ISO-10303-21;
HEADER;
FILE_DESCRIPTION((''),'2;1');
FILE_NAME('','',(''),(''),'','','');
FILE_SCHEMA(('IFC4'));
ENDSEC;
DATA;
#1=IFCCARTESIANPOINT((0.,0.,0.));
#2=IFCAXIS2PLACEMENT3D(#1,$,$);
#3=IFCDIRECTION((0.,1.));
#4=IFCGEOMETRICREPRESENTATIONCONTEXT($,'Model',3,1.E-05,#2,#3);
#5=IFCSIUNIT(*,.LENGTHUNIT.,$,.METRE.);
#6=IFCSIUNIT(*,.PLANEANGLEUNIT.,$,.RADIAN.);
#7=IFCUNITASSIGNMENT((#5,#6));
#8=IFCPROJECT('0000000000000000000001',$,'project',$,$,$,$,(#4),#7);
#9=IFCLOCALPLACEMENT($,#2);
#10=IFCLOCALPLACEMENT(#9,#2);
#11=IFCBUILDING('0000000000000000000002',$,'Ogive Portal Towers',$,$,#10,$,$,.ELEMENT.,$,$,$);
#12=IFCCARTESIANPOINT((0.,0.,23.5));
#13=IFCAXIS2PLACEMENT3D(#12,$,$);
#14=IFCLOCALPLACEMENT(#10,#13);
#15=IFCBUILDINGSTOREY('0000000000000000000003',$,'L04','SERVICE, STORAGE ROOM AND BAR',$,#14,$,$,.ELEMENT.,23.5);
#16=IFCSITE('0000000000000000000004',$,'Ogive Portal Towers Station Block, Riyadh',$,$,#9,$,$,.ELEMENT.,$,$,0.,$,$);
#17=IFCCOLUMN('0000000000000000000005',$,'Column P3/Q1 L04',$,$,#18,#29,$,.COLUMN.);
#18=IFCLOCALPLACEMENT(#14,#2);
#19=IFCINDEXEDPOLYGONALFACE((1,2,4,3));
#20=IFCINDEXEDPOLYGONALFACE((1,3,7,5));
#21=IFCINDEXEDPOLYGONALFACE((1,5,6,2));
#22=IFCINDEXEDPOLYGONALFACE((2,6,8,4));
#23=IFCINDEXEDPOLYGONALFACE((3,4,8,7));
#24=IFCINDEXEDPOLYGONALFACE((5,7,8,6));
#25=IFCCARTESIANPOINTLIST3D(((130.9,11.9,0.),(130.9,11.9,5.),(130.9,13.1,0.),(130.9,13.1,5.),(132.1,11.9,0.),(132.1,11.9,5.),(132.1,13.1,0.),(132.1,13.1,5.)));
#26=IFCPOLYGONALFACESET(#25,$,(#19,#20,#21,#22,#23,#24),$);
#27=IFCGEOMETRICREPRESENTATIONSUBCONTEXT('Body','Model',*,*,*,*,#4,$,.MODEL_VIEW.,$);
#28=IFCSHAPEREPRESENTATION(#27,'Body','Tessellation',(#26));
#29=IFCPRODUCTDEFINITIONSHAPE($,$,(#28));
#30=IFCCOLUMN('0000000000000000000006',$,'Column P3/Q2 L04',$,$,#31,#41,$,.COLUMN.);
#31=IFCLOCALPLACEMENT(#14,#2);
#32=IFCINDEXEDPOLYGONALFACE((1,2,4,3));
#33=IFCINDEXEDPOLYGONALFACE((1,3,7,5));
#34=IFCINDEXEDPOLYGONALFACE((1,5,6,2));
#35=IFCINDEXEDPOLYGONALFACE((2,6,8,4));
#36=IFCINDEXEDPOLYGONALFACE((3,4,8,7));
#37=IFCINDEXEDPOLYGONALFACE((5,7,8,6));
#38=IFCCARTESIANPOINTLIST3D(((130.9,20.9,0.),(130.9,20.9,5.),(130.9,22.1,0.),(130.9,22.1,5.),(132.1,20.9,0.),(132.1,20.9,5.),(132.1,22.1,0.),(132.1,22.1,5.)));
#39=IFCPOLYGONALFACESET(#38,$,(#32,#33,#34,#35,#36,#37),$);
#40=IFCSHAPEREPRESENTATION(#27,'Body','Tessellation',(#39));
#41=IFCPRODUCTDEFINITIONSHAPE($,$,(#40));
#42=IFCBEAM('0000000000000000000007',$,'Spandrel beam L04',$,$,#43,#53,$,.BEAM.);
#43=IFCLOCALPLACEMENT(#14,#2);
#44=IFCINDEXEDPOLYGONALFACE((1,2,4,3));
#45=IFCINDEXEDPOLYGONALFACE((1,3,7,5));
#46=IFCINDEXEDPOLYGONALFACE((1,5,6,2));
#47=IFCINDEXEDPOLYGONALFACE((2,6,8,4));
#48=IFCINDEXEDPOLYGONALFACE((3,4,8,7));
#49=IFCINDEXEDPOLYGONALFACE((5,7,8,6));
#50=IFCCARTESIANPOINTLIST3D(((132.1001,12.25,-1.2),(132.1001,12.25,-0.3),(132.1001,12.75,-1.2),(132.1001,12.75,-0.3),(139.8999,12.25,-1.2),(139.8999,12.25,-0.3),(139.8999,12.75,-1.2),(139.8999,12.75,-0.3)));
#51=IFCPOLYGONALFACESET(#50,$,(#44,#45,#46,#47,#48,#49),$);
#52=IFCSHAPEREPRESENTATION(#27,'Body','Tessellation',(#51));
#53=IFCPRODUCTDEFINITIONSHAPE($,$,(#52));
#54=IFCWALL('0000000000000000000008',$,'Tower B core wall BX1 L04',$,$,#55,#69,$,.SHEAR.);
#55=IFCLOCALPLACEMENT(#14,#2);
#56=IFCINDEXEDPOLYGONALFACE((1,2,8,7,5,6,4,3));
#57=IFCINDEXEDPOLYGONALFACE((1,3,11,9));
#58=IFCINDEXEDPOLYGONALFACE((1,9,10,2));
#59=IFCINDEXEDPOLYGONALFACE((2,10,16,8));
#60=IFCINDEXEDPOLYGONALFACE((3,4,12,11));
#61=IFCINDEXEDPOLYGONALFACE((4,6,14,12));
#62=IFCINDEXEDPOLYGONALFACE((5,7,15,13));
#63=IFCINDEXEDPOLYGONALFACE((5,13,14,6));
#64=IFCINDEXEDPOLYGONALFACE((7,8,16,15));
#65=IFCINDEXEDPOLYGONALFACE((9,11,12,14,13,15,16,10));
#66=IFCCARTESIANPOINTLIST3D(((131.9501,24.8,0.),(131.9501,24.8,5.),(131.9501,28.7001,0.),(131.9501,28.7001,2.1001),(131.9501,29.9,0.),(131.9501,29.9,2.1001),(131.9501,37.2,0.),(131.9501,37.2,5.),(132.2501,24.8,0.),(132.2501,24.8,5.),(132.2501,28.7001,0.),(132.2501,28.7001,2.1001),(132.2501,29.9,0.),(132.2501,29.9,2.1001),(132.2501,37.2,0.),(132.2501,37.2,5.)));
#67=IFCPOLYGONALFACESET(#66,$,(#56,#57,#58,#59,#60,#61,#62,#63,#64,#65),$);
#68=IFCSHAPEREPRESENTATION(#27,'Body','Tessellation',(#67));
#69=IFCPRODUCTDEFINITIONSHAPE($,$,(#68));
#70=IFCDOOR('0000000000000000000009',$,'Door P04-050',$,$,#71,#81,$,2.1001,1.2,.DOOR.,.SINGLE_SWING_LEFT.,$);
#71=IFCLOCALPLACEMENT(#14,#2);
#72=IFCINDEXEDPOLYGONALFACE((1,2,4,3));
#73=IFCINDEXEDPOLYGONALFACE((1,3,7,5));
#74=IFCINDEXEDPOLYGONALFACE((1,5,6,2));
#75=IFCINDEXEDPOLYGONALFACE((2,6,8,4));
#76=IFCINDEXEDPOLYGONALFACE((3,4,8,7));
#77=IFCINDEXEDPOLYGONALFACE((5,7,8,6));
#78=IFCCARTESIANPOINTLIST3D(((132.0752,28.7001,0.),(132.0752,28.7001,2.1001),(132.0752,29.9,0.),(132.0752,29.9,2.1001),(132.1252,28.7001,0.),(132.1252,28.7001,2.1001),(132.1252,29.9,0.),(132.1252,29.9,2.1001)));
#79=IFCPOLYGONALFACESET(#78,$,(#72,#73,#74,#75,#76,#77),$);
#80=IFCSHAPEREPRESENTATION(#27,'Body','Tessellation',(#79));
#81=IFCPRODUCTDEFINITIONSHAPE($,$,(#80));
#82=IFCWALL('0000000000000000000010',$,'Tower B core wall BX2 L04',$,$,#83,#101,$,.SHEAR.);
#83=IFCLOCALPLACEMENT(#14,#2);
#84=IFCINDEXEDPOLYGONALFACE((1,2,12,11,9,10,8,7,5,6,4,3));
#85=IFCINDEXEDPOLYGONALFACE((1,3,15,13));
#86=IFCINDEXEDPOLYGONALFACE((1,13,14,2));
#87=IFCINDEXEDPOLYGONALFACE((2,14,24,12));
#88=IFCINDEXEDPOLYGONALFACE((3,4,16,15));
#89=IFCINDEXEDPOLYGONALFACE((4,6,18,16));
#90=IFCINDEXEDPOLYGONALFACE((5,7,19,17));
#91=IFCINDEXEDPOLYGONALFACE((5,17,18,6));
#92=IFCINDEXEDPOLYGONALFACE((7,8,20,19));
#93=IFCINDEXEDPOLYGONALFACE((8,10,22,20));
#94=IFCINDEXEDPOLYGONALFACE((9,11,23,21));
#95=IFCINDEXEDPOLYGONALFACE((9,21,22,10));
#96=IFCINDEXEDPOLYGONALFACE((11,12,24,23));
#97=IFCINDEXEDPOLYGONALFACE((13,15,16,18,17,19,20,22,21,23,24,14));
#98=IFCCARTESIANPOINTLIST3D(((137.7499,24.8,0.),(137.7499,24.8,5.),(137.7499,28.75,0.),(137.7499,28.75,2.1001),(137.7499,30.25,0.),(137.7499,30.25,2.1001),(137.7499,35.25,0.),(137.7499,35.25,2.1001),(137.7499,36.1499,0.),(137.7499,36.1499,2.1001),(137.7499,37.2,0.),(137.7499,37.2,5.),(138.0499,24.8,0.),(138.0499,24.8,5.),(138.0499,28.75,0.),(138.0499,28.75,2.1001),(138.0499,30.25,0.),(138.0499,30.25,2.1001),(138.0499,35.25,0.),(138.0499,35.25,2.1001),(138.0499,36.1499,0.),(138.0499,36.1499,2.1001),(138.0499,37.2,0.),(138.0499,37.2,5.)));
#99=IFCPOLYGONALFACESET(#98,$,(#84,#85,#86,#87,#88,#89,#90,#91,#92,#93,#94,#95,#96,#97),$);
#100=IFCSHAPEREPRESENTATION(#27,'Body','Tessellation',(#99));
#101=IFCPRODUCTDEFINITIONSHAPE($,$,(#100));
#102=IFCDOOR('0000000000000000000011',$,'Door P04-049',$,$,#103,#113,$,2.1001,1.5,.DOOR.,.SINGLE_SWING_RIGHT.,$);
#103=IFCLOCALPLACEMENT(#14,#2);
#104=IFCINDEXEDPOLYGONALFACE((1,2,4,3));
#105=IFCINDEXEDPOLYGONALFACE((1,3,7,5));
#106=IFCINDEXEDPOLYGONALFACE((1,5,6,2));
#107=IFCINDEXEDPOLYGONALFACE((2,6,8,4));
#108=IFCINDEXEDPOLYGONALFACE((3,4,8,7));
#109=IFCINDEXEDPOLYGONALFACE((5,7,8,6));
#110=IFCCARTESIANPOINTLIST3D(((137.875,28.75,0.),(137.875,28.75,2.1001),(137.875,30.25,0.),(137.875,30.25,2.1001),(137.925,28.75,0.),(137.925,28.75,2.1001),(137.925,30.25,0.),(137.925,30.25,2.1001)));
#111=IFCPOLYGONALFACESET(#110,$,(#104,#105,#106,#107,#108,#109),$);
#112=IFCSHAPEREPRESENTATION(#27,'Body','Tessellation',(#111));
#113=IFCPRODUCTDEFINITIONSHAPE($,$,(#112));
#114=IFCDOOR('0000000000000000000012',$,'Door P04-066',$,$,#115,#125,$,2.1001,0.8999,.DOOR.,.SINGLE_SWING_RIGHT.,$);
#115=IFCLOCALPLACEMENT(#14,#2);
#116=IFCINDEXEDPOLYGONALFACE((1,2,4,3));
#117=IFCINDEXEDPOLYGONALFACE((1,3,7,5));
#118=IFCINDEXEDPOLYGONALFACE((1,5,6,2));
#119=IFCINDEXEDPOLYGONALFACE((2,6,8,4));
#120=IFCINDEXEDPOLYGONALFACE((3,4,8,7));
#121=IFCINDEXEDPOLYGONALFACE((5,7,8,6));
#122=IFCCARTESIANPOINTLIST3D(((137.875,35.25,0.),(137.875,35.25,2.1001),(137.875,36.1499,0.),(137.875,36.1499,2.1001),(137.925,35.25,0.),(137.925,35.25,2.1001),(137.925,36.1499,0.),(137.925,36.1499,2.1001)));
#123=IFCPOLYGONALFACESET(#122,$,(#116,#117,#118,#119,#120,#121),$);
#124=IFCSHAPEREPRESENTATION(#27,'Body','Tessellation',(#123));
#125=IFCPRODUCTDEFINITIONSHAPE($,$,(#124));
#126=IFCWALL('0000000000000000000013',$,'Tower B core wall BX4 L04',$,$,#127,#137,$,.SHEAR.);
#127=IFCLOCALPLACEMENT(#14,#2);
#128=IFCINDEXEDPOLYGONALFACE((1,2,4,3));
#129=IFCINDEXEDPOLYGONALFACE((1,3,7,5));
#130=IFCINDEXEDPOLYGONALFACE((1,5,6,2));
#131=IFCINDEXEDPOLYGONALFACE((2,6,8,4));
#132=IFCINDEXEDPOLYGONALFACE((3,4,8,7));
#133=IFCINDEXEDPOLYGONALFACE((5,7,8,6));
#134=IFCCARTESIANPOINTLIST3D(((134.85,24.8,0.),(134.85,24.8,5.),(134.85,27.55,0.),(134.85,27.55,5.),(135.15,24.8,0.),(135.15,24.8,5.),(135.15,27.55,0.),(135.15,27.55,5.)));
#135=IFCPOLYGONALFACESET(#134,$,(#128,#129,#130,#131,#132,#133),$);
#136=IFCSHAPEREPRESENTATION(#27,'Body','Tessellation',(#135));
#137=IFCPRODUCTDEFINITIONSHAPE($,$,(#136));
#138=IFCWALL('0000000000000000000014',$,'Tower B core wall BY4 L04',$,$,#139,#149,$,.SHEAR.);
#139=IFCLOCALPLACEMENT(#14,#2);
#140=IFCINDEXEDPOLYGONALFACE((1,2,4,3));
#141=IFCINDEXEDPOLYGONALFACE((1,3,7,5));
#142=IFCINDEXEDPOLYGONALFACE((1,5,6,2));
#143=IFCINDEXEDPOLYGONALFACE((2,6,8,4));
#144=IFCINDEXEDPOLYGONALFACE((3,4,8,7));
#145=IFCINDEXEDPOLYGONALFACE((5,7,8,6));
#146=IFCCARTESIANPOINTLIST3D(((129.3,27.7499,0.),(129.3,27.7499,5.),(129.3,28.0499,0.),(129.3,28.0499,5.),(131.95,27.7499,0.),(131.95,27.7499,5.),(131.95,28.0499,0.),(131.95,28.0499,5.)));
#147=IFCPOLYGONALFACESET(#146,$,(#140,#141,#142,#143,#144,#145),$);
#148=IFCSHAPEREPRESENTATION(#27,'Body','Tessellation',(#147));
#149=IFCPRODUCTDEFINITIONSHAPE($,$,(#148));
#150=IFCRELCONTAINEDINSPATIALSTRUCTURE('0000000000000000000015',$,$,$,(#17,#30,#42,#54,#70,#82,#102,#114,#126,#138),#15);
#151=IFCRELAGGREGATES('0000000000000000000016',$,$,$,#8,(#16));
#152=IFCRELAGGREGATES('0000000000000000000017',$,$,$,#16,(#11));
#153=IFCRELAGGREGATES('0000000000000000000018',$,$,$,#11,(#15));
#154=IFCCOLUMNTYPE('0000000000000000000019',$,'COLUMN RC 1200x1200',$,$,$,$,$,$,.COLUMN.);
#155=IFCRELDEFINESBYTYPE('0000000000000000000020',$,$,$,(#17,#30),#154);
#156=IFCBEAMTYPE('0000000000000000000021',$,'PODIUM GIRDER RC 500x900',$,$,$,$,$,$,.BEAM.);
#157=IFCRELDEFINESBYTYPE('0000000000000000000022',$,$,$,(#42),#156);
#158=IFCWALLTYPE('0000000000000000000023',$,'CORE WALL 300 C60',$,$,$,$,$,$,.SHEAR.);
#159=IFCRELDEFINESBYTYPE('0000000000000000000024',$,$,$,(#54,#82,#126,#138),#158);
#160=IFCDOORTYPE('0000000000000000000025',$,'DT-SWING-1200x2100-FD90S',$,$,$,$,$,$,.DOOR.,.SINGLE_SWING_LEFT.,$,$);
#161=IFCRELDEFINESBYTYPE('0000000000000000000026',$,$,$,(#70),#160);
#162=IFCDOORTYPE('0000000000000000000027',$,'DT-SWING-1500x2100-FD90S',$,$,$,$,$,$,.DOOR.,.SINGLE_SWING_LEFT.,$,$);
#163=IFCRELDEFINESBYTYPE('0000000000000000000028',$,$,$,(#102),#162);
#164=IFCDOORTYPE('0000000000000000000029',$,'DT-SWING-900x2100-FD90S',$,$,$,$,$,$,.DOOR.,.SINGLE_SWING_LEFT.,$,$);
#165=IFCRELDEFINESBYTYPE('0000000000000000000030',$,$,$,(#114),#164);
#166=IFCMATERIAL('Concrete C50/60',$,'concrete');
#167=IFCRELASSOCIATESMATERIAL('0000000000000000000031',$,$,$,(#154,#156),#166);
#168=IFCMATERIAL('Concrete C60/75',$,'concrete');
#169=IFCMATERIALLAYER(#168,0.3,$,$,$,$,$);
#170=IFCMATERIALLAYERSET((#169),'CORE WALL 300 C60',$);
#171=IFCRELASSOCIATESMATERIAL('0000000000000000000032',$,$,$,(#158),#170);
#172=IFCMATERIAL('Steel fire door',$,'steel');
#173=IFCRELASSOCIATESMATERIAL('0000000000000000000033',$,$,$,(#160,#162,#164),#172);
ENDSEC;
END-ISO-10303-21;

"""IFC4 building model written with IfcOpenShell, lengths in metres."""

from ifc_helpers import new_model, si_unit, direction, frame, frame_2d, origin, origin_2d, place, context, subcontext, project, spatial, rectangle, extrude, material, layer, layer_set, material_profile, profile_set, type_object, element, fill, save


model = new_model("IFC4")

# Units and contexts
model_context = context("Model", 3, precision=1e-05, world=origin(), true_north=direction((0.0, 1.0)))
body_context = subcontext(model_context, "Body", "Model", "MODEL_VIEW")
ifc_project = project(units=[si_unit("LENGTHUNIT", "METRE"), si_unit("PLANEANGLEUNIT", "RADIAN")], contexts=[model_context])

# Site, building, storey
site_placement = place(None, origin())
site = spatial("IfcSite", under=ifc_project, at=site_placement, Name="Ogive Portal Towers Station Block, Riyadh", CompositionType="ELEMENT", RefElevation=0.0)
building_placement = place(site_placement, origin())
building = spatial("IfcBuilding", under=site, at=building_placement, Name="Ogive Portal Towers", CompositionType="ELEMENT")
storey_placement = place(building_placement, frame((0.0, 0.0, 23.5)))
storey = spatial("IfcBuildingStorey", under=building, at=storey_placement, Name="L04", Description="SERVICE, STORAGE ROOM AND BAR", CompositionType="ELEMENT", Elevation=23.5)

# Columns
ifc_material_1 = material(Name="Concrete C50/60", Category="concrete")
ifc_material_profile_1 = material_profile(ifc_material_1, rectangle(XDim=1.2, YDim=1.2, at=origin_2d()), Name="RC 1200x1200")
ifc_profile_set_1 = profile_set([ifc_material_profile_1], Name="Concrete C50/60")
column_type = type_object("IfcColumnType", Name="COLUMN RC 1200x1200", PredefinedType="COLUMN", material=ifc_profile_set_1)
for number, where, z_axis, x_axis, name in (
    (1, (131.5, 12.5, 0.0), (0.0, 0.0, 1.0), (1.0, 0.0, 0.0), "Column P3/Q1 L04"),
    (2, (131.5, 21.5, 0.0), (0.0, 0.0, 1.0), (1.0, 0.0, 0.0), "Column P3/Q2 L04"),
):
    element("IfcColumn", number, at=place(storey_placement, frame(where, z_axis=z_axis, x_axis=x_axis)), inside=storey, type_object=column_type, Name=name, PredefinedType="COLUMN", context=body_context, shape_type="SweptSolid", body=[
        extrude(rectangle(XDim=1.2, YDim=1.2, at=origin_2d()), origin(), (0.0, 0.0, 1.0), 5.0),
    ])

# Beam
ifc_material_profile_2 = material_profile(ifc_material_1, rectangle(XDim=0.5, YDim=0.8999, at=origin_2d()), Name="RC 500x900")
ifc_profile_set_2 = profile_set([ifc_material_profile_2], Name="Concrete C50/60")
beam_type = type_object("IfcBeamType", Name="PODIUM GIRDER RC 500x900", PredefinedType="BEAM", material=ifc_profile_set_2)
beam_placement = place(storey_placement, frame((132.1001, 12.5, -0.75), z_axis=(1.0, 0.0, 0.0), x_axis=(0.0, 1.0, 0.0)))
element("IfcBeam", 3, at=beam_placement, inside=storey, type_object=beam_type, Name="Spandrel beam L04", PredefinedType="BEAM", context=body_context, shape_type="SweptSolid", body=[
    extrude(rectangle(XDim=0.5, YDim=0.8999, at=origin_2d()), origin(), (0.0, 0.0, 1.0), 7.7998),
])

# Wall, opening, door
ifc_material_2 = material(Name="Concrete C60/75", Category="concrete")
ifc_layer_1 = layer(ifc_material_2, 0.3)
ifc_layer_set_1 = layer_set([ifc_layer_1], Name="CORE WALL 300 C60")
wall_type_1 = type_object("IfcWallType", Name="CORE WALL 300 C60", PredefinedType="SHEAR", material=ifc_layer_set_1)
wall_1_placement = place(storey_placement, frame((132.1001, 24.8, 0.0), z_axis=(0.0, 0.0, 1.0), x_axis=(0.0, 1.0, 0.0)))
wall_1 = element("IfcWall", 4, at=wall_1_placement, inside=storey, type_object=wall_type_1, Name="Tower B core wall BX1 L04", PredefinedType="SHEAR", context=body_context, shape_type="SweptSolid", body=[
    extrude(rectangle(XDim=12.3999, YDim=0.3, at=frame_2d((6.2, 0.0))), origin(), (0.0, 0.0, 1.0), 5.0),
])
opening_1_placement = place(wall_1_placement, frame((3.8999, 0.0, 0.0)))
opening_1 = element("IfcOpeningElement", 5, at=opening_1_placement, cuts=wall_1, PredefinedType="OPENING", context=body_context, shape_type="SweptSolid", body=[
    extrude(rectangle(XDim=1.2, YDim=2.1001, at=frame_2d((0.6001, 1.05))), frame((0.0, 0.1602, 0.0), z_axis=(0.0, -1.0, 0.0), x_axis=(1.0, 0.0, 0.0)), (0.0, 0.0, 1.0), 0.3201),
])
ifc_material_3 = material(Name="Steel fire door", Category="steel")
door_type_1 = type_object("IfcDoorType", Name="DT-SWING-1200x2100-FD90S", OperationType="SINGLE_SWING_LEFT", PredefinedType="DOOR", material=ifc_material_3)
door_1_placement = place(opening_1_placement, origin())
door_1 = element("IfcDoor", 6, at=door_1_placement, inside=storey, type_object=door_type_1, Name="Door P04-050", OperationType="SINGLE_SWING_LEFT", OverallHeight=2.1001, OverallWidth=1.2, PredefinedType="DOOR", context=body_context, shape_type="SweptSolid", body=[
    extrude(rectangle(XDim=1.2, YDim=2.1001, at=frame_2d((0.6001, 1.05))), frame((0.0, 0.0249, 0.0), z_axis=(0.0, -1.0, 0.0), x_axis=(1.0, 0.0, 0.0)), (0.0, 0.0, 1.0), 0.05),
])
fill(opening_1, door_1)

# Wall, openings, doors
wall_2_placement = place(storey_placement, frame((137.8999, 24.8, 0.0), z_axis=(0.0, 0.0, 1.0), x_axis=(0.0, 1.0, 0.0)))
wall_2 = element("IfcWall", 7, at=wall_2_placement, inside=storey, type_object=wall_type_1, Name="Tower B core wall BX2 L04", PredefinedType="SHEAR", context=body_context, shape_type="SweptSolid", body=[
    extrude(rectangle(XDim=12.3999, YDim=0.3, at=frame_2d((6.2, 0.0))), origin(), (0.0, 0.0, 1.0), 5.0),
])
opening_2_placement = place(wall_2_placement, frame((3.95, 0.0, 0.0)))
opening_2 = element("IfcOpeningElement", 8, at=opening_2_placement, cuts=wall_2, PredefinedType="OPENING", context=body_context, shape_type="SweptSolid", body=[
    extrude(rectangle(XDim=1.5, YDim=2.1001, at=frame_2d((0.75, 1.05))), frame((0.0, 0.1602, 0.0), z_axis=(0.0, -1.0, 0.0), x_axis=(1.0, 0.0, 0.0)), (0.0, 0.0, 1.0), 0.3201),
])
opening_3_placement = place(wall_2_placement, frame((10.45, 0.0, 0.0)))
opening_3 = element("IfcOpeningElement", 9, at=opening_3_placement, cuts=wall_2, PredefinedType="OPENING", context=body_context, shape_type="SweptSolid", body=[
    extrude(rectangle(XDim=0.8999, YDim=2.1001, at=frame_2d((0.45, 1.05))), frame((0.0, 0.1602, 0.0), z_axis=(0.0, -1.0, 0.0), x_axis=(1.0, 0.0, 0.0)), (0.0, 0.0, 1.0), 0.3201),
])
door_type_2 = type_object("IfcDoorType", Name="DT-SWING-1500x2100-FD90S", OperationType="SINGLE_SWING_LEFT", PredefinedType="DOOR", material=ifc_material_3)
door_2_placement = place(opening_2_placement, origin())
door_2 = element("IfcDoor", 10, at=door_2_placement, inside=storey, type_object=door_type_2, Name="Door P04-049", OperationType="SINGLE_SWING_RIGHT", OverallHeight=2.1001, OverallWidth=1.5, PredefinedType="DOOR", context=body_context, shape_type="SweptSolid", body=[
    extrude(rectangle(XDim=1.5, YDim=2.1001, at=frame_2d((0.75, 1.05))), frame((0.0, 0.0249, 0.0), z_axis=(0.0, -1.0, 0.0), x_axis=(1.0, 0.0, 0.0)), (0.0, 0.0, 1.0), 0.05),
])
fill(opening_2, door_2)
door_type_3 = type_object("IfcDoorType", Name="DT-SWING-900x2100-FD90S", OperationType="SINGLE_SWING_LEFT", PredefinedType="DOOR", material=ifc_material_3)
door_3_placement = place(opening_3_placement, origin())
door_3 = element("IfcDoor", 11, at=door_3_placement, inside=storey, type_object=door_type_3, Name="Door P04-066", OperationType="SINGLE_SWING_RIGHT", OverallHeight=2.1001, OverallWidth=0.8999, PredefinedType="DOOR", context=body_context, shape_type="SweptSolid", body=[
    extrude(rectangle(XDim=0.8999, YDim=2.1001, at=frame_2d((0.45, 1.05))), frame((0.0, 0.0249, 0.0), z_axis=(0.0, -1.0, 0.0), x_axis=(1.0, 0.0, 0.0)), (0.0, 0.0, 1.0), 0.05),
])
fill(opening_3, door_3)

# Wall
wall_3_placement = place(storey_placement, frame((135.0, 24.8, 0.0), z_axis=(0.0, 0.0, 1.0), x_axis=(0.0, 1.0, 0.0)))
element("IfcWall", 12, at=wall_3_placement, inside=storey, type_object=wall_type_1, Name="Tower B core wall BX4 L04", PredefinedType="SHEAR", context=body_context, shape_type="SweptSolid", body=[
    extrude(rectangle(XDim=2.75, YDim=0.3, at=frame_2d((1.375, 0.0))), origin(), (0.0, 0.0, 1.0), 5.0),
])

# Wall
wall_4_placement = place(storey_placement, frame((129.3, 27.8999, 0.0), z_axis=(0.0, 0.0, 1.0), x_axis=(1.0, 0.0, 0.0)))
element("IfcWall", 13, at=wall_4_placement, inside=storey, type_object=wall_type_1, Name="Tower B core wall BY4 L04", PredefinedType="SHEAR", context=body_context, shape_type="SweptSolid", body=[
    extrude(rectangle(XDim=2.6499, YDim=0.3, at=frame_2d((1.325, 0.0))), origin(), (0.0, 0.0, 1.0), 5.0),
])

save(model, "model.ifc")
